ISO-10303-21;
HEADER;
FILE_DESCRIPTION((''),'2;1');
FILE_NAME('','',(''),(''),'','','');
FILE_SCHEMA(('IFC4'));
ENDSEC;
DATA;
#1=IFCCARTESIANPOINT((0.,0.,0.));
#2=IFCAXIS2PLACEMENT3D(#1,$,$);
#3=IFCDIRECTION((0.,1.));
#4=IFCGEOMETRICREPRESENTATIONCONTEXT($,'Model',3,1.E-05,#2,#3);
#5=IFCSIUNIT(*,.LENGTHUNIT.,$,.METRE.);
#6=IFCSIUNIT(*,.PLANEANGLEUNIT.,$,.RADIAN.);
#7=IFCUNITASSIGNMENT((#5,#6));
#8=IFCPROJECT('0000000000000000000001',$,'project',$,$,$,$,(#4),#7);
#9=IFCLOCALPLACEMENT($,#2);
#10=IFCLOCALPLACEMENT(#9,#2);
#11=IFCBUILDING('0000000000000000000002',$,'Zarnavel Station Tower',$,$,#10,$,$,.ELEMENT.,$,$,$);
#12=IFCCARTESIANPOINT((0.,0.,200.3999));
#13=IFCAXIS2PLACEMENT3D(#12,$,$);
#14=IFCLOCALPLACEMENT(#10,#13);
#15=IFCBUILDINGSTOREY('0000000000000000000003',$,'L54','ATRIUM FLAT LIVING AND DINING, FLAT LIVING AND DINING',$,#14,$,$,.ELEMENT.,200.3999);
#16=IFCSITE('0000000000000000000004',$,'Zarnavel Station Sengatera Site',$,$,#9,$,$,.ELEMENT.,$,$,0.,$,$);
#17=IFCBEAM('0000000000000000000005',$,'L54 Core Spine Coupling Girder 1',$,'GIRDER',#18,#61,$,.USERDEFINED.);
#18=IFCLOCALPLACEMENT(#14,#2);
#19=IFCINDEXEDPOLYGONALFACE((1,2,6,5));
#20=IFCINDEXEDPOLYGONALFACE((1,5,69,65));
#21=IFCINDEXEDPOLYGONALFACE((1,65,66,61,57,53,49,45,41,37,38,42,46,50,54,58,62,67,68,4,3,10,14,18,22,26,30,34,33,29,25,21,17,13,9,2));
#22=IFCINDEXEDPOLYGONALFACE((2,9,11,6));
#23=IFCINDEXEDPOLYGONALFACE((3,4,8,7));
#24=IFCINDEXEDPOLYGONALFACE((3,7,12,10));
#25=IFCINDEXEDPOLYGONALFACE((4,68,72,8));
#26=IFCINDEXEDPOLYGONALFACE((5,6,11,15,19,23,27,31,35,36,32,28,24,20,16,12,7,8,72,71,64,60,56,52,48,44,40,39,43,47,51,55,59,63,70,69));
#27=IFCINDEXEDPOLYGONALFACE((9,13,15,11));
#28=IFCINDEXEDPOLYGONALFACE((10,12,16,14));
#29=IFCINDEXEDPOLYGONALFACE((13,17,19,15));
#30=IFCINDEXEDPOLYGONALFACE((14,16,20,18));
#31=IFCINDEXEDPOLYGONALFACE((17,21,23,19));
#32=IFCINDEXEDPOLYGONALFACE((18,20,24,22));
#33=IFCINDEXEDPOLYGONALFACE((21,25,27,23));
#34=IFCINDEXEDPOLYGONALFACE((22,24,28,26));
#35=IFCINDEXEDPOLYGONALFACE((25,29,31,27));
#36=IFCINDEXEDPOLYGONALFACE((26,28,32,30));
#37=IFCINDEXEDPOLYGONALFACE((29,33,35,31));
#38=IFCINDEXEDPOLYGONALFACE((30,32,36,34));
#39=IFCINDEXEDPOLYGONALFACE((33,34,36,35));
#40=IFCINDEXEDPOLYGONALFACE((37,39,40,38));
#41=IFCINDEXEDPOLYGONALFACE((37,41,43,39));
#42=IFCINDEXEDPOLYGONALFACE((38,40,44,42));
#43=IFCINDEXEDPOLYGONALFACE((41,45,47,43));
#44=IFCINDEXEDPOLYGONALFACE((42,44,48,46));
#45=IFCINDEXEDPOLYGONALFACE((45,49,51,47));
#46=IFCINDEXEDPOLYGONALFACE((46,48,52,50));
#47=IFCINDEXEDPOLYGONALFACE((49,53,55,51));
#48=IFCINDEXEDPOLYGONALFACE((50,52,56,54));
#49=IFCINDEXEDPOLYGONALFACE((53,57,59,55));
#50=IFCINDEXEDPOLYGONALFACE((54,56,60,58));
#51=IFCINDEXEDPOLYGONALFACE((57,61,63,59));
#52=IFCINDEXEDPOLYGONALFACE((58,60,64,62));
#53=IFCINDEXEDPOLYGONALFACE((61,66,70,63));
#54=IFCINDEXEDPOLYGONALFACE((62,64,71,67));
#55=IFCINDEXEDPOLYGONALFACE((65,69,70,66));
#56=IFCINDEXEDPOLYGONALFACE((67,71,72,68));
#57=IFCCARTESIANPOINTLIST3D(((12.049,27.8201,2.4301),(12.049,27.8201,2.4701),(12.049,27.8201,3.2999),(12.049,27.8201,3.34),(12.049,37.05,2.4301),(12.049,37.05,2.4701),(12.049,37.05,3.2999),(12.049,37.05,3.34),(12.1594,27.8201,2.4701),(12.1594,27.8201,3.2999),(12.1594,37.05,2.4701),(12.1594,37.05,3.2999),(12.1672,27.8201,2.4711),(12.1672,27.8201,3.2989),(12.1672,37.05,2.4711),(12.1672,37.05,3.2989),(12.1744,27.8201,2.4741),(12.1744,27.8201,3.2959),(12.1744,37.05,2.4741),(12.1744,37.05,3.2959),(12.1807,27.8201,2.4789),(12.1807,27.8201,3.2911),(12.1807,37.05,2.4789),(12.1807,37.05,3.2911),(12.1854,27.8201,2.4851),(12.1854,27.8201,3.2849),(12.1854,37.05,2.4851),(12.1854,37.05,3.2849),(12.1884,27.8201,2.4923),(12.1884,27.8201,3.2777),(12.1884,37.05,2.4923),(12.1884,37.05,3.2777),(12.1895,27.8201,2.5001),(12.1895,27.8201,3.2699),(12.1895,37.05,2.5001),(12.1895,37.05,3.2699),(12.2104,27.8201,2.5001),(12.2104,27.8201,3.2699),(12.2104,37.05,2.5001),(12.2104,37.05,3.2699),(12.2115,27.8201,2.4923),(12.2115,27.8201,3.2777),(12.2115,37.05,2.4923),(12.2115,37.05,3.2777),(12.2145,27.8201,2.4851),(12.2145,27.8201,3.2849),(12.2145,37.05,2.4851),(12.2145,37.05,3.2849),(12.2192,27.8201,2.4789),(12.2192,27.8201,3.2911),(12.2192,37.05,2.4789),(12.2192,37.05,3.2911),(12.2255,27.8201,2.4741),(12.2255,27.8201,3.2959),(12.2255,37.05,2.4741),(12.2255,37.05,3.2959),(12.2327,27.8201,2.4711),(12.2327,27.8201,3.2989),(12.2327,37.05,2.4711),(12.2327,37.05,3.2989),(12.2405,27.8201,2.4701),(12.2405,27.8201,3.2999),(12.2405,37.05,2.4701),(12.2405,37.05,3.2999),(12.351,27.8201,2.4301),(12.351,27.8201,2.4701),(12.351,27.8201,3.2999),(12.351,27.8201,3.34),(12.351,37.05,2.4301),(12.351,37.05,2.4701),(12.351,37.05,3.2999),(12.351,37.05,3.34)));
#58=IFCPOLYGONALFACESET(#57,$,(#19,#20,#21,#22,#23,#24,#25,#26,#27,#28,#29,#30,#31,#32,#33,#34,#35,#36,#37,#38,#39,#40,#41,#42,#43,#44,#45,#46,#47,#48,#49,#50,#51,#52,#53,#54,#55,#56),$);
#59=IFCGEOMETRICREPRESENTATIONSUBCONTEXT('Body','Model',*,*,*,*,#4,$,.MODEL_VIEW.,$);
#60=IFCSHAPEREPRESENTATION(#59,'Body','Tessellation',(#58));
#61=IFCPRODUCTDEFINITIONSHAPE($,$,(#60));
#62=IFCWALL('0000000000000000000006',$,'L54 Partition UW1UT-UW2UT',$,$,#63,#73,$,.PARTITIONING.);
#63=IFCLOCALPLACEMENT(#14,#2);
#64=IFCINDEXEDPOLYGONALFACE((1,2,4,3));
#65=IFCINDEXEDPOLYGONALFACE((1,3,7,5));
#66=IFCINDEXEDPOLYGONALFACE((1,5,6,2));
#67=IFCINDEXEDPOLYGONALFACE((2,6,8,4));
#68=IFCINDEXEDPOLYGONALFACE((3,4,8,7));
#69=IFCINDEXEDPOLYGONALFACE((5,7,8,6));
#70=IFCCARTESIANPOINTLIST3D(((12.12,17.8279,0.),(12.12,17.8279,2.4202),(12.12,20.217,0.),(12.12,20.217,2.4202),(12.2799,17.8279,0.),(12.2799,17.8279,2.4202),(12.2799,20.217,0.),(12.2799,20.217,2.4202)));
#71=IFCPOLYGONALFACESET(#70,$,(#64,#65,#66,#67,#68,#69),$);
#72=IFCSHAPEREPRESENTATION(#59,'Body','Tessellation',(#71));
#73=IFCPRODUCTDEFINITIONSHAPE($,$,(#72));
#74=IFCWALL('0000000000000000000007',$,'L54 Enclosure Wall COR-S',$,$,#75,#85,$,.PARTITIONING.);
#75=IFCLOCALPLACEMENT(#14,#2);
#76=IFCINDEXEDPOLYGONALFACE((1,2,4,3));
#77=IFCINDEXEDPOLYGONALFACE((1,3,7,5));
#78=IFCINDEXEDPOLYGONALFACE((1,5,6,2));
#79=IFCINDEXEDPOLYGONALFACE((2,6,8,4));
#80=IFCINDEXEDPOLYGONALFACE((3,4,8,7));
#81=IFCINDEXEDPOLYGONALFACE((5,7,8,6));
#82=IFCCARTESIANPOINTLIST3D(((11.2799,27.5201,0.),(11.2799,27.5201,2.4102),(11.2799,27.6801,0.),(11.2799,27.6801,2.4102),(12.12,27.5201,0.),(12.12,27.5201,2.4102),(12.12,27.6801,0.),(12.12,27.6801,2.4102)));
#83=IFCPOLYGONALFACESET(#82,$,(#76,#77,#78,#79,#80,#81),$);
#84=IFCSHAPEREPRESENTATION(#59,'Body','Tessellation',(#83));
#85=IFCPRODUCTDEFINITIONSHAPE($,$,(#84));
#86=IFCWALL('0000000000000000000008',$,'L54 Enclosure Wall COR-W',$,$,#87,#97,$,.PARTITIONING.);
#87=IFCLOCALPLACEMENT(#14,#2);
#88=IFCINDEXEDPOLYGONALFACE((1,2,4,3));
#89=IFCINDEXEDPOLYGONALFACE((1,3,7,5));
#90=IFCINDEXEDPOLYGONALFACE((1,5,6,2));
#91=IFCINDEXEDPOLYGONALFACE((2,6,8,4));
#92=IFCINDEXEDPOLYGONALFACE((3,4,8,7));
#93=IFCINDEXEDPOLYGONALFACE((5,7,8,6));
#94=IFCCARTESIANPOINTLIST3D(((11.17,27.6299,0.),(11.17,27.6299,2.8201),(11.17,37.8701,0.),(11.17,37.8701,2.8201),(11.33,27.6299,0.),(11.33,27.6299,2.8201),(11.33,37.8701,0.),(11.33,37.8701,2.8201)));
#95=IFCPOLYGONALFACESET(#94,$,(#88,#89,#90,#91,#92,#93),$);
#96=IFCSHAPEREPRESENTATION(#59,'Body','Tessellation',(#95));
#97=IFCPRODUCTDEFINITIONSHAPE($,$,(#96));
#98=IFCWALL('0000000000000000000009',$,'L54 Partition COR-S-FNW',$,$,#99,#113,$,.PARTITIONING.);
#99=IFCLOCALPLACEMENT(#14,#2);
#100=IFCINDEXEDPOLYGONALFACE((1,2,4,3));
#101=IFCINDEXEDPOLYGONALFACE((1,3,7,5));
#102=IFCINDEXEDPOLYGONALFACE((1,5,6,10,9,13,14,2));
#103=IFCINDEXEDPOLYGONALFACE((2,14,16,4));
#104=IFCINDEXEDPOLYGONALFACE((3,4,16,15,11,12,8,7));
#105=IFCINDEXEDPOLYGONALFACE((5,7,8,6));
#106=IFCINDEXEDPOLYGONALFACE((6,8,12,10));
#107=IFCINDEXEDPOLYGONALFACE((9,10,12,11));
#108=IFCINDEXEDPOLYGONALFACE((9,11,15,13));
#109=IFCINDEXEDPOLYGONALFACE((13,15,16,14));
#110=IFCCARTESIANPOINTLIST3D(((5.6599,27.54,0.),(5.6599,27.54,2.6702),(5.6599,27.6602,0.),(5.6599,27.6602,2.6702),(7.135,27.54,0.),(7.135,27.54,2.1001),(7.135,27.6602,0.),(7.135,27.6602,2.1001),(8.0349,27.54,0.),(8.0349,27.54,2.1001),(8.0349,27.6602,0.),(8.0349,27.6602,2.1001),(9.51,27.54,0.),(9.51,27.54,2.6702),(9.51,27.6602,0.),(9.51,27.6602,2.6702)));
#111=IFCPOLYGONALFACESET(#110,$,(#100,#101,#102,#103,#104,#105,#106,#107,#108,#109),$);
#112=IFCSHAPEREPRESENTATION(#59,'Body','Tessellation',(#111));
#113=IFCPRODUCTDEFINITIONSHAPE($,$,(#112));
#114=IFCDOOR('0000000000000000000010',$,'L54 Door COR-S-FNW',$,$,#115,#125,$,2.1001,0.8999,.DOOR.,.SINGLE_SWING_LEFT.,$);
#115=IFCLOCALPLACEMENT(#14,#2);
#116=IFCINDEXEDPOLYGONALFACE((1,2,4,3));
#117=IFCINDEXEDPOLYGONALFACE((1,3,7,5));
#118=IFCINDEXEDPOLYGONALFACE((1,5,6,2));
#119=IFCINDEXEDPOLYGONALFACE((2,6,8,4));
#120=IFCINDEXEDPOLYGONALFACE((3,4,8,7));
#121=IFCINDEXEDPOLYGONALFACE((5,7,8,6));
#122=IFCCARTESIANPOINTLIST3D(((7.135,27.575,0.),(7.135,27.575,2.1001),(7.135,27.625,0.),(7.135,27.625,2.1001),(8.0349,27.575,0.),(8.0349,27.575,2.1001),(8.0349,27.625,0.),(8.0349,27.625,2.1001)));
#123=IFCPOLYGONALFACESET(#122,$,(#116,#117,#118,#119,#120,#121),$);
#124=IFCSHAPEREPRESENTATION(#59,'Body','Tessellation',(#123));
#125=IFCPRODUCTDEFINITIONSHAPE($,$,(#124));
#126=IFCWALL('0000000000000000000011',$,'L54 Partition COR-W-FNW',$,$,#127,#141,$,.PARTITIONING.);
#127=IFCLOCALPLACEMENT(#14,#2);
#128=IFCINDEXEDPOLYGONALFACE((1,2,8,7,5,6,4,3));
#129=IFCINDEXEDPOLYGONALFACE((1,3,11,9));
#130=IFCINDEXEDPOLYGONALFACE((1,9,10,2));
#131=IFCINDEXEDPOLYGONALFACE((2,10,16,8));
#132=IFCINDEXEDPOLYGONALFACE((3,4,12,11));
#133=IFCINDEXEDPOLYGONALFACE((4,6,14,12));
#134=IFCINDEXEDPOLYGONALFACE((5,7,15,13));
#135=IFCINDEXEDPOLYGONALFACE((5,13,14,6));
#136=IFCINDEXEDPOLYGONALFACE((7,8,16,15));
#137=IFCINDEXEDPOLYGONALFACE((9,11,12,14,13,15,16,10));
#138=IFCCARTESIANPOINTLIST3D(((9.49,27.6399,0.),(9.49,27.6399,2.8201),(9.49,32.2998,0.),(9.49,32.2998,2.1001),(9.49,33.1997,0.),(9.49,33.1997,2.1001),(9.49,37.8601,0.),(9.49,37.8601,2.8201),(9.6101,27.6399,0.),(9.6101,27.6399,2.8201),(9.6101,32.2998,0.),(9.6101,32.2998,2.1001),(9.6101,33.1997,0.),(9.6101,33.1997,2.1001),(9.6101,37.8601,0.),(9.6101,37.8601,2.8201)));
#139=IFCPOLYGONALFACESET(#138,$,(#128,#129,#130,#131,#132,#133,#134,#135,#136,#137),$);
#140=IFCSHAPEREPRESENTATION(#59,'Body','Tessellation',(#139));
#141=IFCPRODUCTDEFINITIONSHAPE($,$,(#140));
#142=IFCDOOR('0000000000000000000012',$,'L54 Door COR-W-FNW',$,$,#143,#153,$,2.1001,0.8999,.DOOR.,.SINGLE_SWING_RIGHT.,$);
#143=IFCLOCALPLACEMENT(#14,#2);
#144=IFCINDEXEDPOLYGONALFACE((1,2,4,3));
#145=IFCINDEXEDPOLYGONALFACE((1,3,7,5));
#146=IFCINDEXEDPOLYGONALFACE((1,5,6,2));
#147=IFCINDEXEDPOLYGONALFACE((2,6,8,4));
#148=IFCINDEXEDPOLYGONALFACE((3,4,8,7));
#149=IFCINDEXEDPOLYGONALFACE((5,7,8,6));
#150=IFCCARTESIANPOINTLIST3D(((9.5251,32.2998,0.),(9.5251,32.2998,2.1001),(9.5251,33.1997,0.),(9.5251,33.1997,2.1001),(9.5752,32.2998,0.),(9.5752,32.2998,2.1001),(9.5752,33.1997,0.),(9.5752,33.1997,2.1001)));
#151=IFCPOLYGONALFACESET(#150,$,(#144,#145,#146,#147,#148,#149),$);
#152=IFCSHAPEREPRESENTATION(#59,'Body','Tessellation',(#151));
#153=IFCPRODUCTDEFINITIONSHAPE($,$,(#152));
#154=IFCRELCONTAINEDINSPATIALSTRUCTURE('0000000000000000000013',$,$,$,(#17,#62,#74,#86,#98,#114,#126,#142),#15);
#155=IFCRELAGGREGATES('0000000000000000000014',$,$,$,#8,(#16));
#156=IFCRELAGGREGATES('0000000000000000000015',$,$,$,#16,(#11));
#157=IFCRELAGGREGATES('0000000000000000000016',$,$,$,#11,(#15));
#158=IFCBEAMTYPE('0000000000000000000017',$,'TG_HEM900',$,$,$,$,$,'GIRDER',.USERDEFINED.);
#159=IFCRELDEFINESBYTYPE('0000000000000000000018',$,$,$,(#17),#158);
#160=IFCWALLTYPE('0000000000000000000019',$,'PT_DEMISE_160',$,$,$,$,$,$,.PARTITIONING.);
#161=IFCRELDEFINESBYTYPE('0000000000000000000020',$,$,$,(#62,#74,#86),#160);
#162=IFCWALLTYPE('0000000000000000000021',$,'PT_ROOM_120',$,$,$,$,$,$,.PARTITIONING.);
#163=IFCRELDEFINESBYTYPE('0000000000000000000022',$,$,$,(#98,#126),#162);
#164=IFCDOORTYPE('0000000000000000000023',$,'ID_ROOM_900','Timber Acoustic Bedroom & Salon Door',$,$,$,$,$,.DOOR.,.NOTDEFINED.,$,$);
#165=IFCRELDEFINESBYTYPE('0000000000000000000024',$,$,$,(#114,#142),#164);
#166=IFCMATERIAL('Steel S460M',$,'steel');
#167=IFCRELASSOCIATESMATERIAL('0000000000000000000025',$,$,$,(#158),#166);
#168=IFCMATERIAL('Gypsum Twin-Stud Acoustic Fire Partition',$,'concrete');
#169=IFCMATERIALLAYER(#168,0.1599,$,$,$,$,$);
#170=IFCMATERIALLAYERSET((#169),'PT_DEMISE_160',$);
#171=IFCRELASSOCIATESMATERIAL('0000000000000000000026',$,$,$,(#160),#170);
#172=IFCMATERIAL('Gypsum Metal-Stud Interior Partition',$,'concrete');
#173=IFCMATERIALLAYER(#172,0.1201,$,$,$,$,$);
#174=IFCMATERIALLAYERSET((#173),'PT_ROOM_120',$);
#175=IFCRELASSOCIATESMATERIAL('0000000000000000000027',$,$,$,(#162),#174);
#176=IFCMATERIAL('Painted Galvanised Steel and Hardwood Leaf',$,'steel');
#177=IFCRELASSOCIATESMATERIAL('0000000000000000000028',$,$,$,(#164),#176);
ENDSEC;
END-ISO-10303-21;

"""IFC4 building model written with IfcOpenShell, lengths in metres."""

from ifc_helpers import new_model, si_unit, direction, frame, frame_2d, origin, origin_2d, place, context, subcontext, project, spatial, rectangle, i_section, extrude, material, layer, layer_set, material_profile, profile_set, type_object, element, fill, save


model = new_model("IFC4")

# Units and contexts
model_context = context("Model", 3, precision=1e-05, world=origin(), true_north=direction((0.0, 1.0)))
body_context = subcontext(model_context, "Body", "Model", "MODEL_VIEW")
ifc_project = project(units=[si_unit("LENGTHUNIT", "METRE"), si_unit("PLANEANGLEUNIT", "RADIAN")], contexts=[model_context])

# Site, building, storey
site_placement = place(None, origin())
site = spatial("IfcSite", under=ifc_project, at=site_placement, Name="Zarnavel Station Sengatera Site", CompositionType="ELEMENT", RefElevation=0.0)
building_placement = place(site_placement, origin())
building = spatial("IfcBuilding", under=site, at=building_placement, Name="Zarnavel Station Tower", CompositionType="ELEMENT")
storey_placement = place(building_placement, frame((0.0, 0.0, 200.3999)))
storey = spatial("IfcBuildingStorey", under=building, at=storey_placement, Name="L54", Description="ATRIUM FLAT LIVING AND DINING, FLAT LIVING AND DINING", CompositionType="ELEMENT", Elevation=200.3999)

# Beam
ifc_material_1 = material(Name="Steel S460M", Category="steel")
ifc_material_profile_1 = material_profile(ifc_material_1, i_section(OverallWidth=0.302, OverallDepth=0.9099, WebThickness=0.021, FlangeThickness=0.04, FilletRadius=0.03, at=origin_2d()), Name="HEM900")
ifc_profile_set_1 = profile_set([ifc_material_profile_1], Name="Steel S460M")
beam_type_1 = type_object("IfcBeamType", Name="TG_HEM900", ElementType="GIRDER", PredefinedType="USERDEFINED", material=ifc_profile_set_1)
beam_1_placement = place(storey_placement, frame((12.2, 27.8201, 2.885), z_axis=(0.0, 1.0, 0.0), x_axis=(-1.0, 0.0, 0.0)))
element("IfcBeam", 1, at=beam_1_placement, inside=storey, type_object=beam_type_1, Name="L54 Core Spine Coupling Girder 1", ObjectType="GIRDER", PredefinedType="USERDEFINED", context=body_context, shape_type="SweptSolid", body=[
    extrude(i_section(OverallWidth=0.302, OverallDepth=0.9099, WebThickness=0.021, FlangeThickness=0.04, FilletRadius=0.03, at=origin_2d()), origin(), (0.0, 0.0, 1.0), 9.23),
])

# Shared definitions
ifc_material_2 = material(Name="Gypsum Twin-Stud Acoustic Fire Partition", Category="concrete")
ifc_layer_1 = layer(ifc_material_2, 0.1599)
ifc_layer_set_1 = layer_set([ifc_layer_1], Name="PT_DEMISE_160")
wall_type_1 = type_object("IfcWallType", Name="PT_DEMISE_160", PredefinedType="PARTITIONING", material=ifc_layer_set_1)

# Walls
wall_1_placement = place(storey_placement, frame((12.2, 17.8279, 0.0), z_axis=(0.0, 0.0, 1.0), x_axis=(0.0, 1.0, 0.0)))
element("IfcWall", 2, at=wall_1_placement, inside=storey, type_object=wall_type_1, Name="L54 Partition UW1UT-UW2UT", PredefinedType="PARTITIONING", context=body_context, shape_type="SweptSolid", body=[
    extrude(rectangle(XDim=2.3892, YDim=0.1599, at=frame_2d((1.1946, 0.0))), origin(), (0.0, 0.0, 1.0), 2.4202),
])
wall_2_placement = place(storey_placement, frame((11.28, 27.6001, 0.0), z_axis=(0.0, 0.0, 1.0), x_axis=(1.0, 0.0, 0.0)))
element("IfcWall", 3, at=wall_2_placement, inside=storey, type_object=wall_type_1, Name="L54 Enclosure Wall COR-S", PredefinedType="PARTITIONING", context=body_context, shape_type="SweptSolid", body=[
    extrude(rectangle(XDim=0.8401, YDim=0.1599, at=frame_2d((0.4199, 0.0))), origin(), (0.0, 0.0, 1.0), 2.4102),
])
wall_3_placement = place(storey_placement, frame((11.25, 27.6299, 0.0), z_axis=(0.0, 0.0, 1.0), x_axis=(0.0, 1.0, 0.0)))
element("IfcWall", 4, at=wall_3_placement, inside=storey, type_object=wall_type_1, Name="L54 Enclosure Wall COR-W", PredefinedType="PARTITIONING", context=body_context, shape_type="SweptSolid", body=[
    extrude(rectangle(XDim=10.2402, YDim=0.1599, at=frame_2d((5.1201, 0.0))), origin(), (0.0, 0.0, 1.0), 2.8201),
])

# Walls, openings, doors
ifc_material_3 = material(Name="Gypsum Metal-Stud Interior Partition", Category="concrete")
ifc_layer_2 = layer(ifc_material_3, 0.1201)
ifc_layer_set_2 = layer_set([ifc_layer_2], Name="PT_ROOM_120")
wall_type_2 = type_object("IfcWallType", Name="PT_ROOM_120", PredefinedType="PARTITIONING", material=ifc_layer_set_2)
wall_4_placement = place(storey_placement, frame((5.6599, 27.6001, 0.0), z_axis=(0.0, 0.0, 1.0), x_axis=(1.0, 0.0, 0.0)))
wall_4 = element("IfcWall", 5, at=wall_4_placement, inside=storey, type_object=wall_type_2, Name="L54 Partition COR-S-FNW", PredefinedType="PARTITIONING", context=body_context, shape_type="SweptSolid", body=[
    extrude(rectangle(XDim=3.8501, YDim=0.1201, at=frame_2d((1.925, 0.0))), origin(), (0.0, 0.0, 1.0), 2.6702),
])
opening_1_placement = place(wall_4_placement, frame((1.4751, 0.0, 0.0)))
opening_1 = element("IfcOpeningElement", 6, at=opening_1_placement, cuts=wall_4, PredefinedType="OPENING", context=body_context, shape_type="SweptSolid", body=[
    extrude(rectangle(XDim=0.8999, YDim=2.1001, at=frame_2d((0.45, 1.05))), frame((0.0, 0.0701, 0.0), z_axis=(0.0, -1.0, 0.0), x_axis=(1.0, 0.0, 0.0)), (0.0, 0.0, 1.0), 0.1401),
])
ifc_material_4 = material(Name="Painted Galvanised Steel and Hardwood Leaf", Category="steel")
door_type_1 = type_object("IfcDoorType", Name="ID_ROOM_900", Description="Timber Acoustic Bedroom & Salon Door", OperationType="NOTDEFINED", PredefinedType="DOOR", material=ifc_material_4)
door_1_placement = place(opening_1_placement, origin())
door_1 = element("IfcDoor", 7, at=door_1_placement, inside=storey, type_object=door_type_1, Name="L54 Door COR-S-FNW", OperationType="SINGLE_SWING_LEFT", OverallHeight=2.1001, OverallWidth=0.8999, PredefinedType="DOOR", context=body_context, shape_type="SweptSolid", body=[
    extrude(rectangle(XDim=0.8999, YDim=2.1001, at=frame_2d((0.45, 1.05))), frame((0.0, 0.0249, 0.0), z_axis=(0.0, -1.0, 0.0), x_axis=(1.0, 0.0, 0.0)), (0.0, 0.0, 1.0), 0.05),
])
fill(opening_1, door_1)
wall_5_placement = place(storey_placement, frame((9.55, 27.6399, 0.0), z_axis=(0.0, 0.0, 1.0), x_axis=(0.0, 1.0, 0.0)))
wall_5 = element("IfcWall", 8, at=wall_5_placement, inside=storey, type_object=wall_type_2, Name="L54 Partition COR-W-FNW", PredefinedType="PARTITIONING", context=body_context, shape_type="SweptSolid", body=[
    extrude(rectangle(XDim=10.2202, YDim=0.1201, at=frame_2d((5.1101, 0.0))), origin(), (0.0, 0.0, 1.0), 2.8201),
])
opening_2_placement = place(wall_5_placement, frame((4.6599, 0.0, 0.0)))
opening_2 = element("IfcOpeningElement", 9, at=opening_2_placement, cuts=wall_5, PredefinedType="OPENING", context=body_context, shape_type="SweptSolid", body=[
    extrude(rectangle(XDim=0.8999, YDim=2.1001, at=frame_2d((0.45, 1.05))), frame((0.0, 0.0701, 0.0), z_axis=(0.0, -1.0, 0.0), x_axis=(1.0, 0.0, 0.0)), (0.0, 0.0, 1.0), 0.1401),
])
door_2_placement = place(opening_2_placement, origin())
door_2 = element("IfcDoor", 10, at=door_2_placement, inside=storey, type_object=door_type_1, Name="L54 Door COR-W-FNW", OperationType="SINGLE_SWING_RIGHT", OverallHeight=2.1001, OverallWidth=0.8999, PredefinedType="DOOR", context=body_context, shape_type="SweptSolid", body=[
    extrude(rectangle(XDim=0.8999, YDim=2.1001, at=frame_2d((0.45, 1.05))), frame((0.0, 0.0249, 0.0), z_axis=(0.0, -1.0, 0.0), x_axis=(1.0, 0.0, 0.0)), (0.0, 0.0, 1.0), 0.05),
])
fill(opening_2, door_2)

save(model, "model.ifc")
